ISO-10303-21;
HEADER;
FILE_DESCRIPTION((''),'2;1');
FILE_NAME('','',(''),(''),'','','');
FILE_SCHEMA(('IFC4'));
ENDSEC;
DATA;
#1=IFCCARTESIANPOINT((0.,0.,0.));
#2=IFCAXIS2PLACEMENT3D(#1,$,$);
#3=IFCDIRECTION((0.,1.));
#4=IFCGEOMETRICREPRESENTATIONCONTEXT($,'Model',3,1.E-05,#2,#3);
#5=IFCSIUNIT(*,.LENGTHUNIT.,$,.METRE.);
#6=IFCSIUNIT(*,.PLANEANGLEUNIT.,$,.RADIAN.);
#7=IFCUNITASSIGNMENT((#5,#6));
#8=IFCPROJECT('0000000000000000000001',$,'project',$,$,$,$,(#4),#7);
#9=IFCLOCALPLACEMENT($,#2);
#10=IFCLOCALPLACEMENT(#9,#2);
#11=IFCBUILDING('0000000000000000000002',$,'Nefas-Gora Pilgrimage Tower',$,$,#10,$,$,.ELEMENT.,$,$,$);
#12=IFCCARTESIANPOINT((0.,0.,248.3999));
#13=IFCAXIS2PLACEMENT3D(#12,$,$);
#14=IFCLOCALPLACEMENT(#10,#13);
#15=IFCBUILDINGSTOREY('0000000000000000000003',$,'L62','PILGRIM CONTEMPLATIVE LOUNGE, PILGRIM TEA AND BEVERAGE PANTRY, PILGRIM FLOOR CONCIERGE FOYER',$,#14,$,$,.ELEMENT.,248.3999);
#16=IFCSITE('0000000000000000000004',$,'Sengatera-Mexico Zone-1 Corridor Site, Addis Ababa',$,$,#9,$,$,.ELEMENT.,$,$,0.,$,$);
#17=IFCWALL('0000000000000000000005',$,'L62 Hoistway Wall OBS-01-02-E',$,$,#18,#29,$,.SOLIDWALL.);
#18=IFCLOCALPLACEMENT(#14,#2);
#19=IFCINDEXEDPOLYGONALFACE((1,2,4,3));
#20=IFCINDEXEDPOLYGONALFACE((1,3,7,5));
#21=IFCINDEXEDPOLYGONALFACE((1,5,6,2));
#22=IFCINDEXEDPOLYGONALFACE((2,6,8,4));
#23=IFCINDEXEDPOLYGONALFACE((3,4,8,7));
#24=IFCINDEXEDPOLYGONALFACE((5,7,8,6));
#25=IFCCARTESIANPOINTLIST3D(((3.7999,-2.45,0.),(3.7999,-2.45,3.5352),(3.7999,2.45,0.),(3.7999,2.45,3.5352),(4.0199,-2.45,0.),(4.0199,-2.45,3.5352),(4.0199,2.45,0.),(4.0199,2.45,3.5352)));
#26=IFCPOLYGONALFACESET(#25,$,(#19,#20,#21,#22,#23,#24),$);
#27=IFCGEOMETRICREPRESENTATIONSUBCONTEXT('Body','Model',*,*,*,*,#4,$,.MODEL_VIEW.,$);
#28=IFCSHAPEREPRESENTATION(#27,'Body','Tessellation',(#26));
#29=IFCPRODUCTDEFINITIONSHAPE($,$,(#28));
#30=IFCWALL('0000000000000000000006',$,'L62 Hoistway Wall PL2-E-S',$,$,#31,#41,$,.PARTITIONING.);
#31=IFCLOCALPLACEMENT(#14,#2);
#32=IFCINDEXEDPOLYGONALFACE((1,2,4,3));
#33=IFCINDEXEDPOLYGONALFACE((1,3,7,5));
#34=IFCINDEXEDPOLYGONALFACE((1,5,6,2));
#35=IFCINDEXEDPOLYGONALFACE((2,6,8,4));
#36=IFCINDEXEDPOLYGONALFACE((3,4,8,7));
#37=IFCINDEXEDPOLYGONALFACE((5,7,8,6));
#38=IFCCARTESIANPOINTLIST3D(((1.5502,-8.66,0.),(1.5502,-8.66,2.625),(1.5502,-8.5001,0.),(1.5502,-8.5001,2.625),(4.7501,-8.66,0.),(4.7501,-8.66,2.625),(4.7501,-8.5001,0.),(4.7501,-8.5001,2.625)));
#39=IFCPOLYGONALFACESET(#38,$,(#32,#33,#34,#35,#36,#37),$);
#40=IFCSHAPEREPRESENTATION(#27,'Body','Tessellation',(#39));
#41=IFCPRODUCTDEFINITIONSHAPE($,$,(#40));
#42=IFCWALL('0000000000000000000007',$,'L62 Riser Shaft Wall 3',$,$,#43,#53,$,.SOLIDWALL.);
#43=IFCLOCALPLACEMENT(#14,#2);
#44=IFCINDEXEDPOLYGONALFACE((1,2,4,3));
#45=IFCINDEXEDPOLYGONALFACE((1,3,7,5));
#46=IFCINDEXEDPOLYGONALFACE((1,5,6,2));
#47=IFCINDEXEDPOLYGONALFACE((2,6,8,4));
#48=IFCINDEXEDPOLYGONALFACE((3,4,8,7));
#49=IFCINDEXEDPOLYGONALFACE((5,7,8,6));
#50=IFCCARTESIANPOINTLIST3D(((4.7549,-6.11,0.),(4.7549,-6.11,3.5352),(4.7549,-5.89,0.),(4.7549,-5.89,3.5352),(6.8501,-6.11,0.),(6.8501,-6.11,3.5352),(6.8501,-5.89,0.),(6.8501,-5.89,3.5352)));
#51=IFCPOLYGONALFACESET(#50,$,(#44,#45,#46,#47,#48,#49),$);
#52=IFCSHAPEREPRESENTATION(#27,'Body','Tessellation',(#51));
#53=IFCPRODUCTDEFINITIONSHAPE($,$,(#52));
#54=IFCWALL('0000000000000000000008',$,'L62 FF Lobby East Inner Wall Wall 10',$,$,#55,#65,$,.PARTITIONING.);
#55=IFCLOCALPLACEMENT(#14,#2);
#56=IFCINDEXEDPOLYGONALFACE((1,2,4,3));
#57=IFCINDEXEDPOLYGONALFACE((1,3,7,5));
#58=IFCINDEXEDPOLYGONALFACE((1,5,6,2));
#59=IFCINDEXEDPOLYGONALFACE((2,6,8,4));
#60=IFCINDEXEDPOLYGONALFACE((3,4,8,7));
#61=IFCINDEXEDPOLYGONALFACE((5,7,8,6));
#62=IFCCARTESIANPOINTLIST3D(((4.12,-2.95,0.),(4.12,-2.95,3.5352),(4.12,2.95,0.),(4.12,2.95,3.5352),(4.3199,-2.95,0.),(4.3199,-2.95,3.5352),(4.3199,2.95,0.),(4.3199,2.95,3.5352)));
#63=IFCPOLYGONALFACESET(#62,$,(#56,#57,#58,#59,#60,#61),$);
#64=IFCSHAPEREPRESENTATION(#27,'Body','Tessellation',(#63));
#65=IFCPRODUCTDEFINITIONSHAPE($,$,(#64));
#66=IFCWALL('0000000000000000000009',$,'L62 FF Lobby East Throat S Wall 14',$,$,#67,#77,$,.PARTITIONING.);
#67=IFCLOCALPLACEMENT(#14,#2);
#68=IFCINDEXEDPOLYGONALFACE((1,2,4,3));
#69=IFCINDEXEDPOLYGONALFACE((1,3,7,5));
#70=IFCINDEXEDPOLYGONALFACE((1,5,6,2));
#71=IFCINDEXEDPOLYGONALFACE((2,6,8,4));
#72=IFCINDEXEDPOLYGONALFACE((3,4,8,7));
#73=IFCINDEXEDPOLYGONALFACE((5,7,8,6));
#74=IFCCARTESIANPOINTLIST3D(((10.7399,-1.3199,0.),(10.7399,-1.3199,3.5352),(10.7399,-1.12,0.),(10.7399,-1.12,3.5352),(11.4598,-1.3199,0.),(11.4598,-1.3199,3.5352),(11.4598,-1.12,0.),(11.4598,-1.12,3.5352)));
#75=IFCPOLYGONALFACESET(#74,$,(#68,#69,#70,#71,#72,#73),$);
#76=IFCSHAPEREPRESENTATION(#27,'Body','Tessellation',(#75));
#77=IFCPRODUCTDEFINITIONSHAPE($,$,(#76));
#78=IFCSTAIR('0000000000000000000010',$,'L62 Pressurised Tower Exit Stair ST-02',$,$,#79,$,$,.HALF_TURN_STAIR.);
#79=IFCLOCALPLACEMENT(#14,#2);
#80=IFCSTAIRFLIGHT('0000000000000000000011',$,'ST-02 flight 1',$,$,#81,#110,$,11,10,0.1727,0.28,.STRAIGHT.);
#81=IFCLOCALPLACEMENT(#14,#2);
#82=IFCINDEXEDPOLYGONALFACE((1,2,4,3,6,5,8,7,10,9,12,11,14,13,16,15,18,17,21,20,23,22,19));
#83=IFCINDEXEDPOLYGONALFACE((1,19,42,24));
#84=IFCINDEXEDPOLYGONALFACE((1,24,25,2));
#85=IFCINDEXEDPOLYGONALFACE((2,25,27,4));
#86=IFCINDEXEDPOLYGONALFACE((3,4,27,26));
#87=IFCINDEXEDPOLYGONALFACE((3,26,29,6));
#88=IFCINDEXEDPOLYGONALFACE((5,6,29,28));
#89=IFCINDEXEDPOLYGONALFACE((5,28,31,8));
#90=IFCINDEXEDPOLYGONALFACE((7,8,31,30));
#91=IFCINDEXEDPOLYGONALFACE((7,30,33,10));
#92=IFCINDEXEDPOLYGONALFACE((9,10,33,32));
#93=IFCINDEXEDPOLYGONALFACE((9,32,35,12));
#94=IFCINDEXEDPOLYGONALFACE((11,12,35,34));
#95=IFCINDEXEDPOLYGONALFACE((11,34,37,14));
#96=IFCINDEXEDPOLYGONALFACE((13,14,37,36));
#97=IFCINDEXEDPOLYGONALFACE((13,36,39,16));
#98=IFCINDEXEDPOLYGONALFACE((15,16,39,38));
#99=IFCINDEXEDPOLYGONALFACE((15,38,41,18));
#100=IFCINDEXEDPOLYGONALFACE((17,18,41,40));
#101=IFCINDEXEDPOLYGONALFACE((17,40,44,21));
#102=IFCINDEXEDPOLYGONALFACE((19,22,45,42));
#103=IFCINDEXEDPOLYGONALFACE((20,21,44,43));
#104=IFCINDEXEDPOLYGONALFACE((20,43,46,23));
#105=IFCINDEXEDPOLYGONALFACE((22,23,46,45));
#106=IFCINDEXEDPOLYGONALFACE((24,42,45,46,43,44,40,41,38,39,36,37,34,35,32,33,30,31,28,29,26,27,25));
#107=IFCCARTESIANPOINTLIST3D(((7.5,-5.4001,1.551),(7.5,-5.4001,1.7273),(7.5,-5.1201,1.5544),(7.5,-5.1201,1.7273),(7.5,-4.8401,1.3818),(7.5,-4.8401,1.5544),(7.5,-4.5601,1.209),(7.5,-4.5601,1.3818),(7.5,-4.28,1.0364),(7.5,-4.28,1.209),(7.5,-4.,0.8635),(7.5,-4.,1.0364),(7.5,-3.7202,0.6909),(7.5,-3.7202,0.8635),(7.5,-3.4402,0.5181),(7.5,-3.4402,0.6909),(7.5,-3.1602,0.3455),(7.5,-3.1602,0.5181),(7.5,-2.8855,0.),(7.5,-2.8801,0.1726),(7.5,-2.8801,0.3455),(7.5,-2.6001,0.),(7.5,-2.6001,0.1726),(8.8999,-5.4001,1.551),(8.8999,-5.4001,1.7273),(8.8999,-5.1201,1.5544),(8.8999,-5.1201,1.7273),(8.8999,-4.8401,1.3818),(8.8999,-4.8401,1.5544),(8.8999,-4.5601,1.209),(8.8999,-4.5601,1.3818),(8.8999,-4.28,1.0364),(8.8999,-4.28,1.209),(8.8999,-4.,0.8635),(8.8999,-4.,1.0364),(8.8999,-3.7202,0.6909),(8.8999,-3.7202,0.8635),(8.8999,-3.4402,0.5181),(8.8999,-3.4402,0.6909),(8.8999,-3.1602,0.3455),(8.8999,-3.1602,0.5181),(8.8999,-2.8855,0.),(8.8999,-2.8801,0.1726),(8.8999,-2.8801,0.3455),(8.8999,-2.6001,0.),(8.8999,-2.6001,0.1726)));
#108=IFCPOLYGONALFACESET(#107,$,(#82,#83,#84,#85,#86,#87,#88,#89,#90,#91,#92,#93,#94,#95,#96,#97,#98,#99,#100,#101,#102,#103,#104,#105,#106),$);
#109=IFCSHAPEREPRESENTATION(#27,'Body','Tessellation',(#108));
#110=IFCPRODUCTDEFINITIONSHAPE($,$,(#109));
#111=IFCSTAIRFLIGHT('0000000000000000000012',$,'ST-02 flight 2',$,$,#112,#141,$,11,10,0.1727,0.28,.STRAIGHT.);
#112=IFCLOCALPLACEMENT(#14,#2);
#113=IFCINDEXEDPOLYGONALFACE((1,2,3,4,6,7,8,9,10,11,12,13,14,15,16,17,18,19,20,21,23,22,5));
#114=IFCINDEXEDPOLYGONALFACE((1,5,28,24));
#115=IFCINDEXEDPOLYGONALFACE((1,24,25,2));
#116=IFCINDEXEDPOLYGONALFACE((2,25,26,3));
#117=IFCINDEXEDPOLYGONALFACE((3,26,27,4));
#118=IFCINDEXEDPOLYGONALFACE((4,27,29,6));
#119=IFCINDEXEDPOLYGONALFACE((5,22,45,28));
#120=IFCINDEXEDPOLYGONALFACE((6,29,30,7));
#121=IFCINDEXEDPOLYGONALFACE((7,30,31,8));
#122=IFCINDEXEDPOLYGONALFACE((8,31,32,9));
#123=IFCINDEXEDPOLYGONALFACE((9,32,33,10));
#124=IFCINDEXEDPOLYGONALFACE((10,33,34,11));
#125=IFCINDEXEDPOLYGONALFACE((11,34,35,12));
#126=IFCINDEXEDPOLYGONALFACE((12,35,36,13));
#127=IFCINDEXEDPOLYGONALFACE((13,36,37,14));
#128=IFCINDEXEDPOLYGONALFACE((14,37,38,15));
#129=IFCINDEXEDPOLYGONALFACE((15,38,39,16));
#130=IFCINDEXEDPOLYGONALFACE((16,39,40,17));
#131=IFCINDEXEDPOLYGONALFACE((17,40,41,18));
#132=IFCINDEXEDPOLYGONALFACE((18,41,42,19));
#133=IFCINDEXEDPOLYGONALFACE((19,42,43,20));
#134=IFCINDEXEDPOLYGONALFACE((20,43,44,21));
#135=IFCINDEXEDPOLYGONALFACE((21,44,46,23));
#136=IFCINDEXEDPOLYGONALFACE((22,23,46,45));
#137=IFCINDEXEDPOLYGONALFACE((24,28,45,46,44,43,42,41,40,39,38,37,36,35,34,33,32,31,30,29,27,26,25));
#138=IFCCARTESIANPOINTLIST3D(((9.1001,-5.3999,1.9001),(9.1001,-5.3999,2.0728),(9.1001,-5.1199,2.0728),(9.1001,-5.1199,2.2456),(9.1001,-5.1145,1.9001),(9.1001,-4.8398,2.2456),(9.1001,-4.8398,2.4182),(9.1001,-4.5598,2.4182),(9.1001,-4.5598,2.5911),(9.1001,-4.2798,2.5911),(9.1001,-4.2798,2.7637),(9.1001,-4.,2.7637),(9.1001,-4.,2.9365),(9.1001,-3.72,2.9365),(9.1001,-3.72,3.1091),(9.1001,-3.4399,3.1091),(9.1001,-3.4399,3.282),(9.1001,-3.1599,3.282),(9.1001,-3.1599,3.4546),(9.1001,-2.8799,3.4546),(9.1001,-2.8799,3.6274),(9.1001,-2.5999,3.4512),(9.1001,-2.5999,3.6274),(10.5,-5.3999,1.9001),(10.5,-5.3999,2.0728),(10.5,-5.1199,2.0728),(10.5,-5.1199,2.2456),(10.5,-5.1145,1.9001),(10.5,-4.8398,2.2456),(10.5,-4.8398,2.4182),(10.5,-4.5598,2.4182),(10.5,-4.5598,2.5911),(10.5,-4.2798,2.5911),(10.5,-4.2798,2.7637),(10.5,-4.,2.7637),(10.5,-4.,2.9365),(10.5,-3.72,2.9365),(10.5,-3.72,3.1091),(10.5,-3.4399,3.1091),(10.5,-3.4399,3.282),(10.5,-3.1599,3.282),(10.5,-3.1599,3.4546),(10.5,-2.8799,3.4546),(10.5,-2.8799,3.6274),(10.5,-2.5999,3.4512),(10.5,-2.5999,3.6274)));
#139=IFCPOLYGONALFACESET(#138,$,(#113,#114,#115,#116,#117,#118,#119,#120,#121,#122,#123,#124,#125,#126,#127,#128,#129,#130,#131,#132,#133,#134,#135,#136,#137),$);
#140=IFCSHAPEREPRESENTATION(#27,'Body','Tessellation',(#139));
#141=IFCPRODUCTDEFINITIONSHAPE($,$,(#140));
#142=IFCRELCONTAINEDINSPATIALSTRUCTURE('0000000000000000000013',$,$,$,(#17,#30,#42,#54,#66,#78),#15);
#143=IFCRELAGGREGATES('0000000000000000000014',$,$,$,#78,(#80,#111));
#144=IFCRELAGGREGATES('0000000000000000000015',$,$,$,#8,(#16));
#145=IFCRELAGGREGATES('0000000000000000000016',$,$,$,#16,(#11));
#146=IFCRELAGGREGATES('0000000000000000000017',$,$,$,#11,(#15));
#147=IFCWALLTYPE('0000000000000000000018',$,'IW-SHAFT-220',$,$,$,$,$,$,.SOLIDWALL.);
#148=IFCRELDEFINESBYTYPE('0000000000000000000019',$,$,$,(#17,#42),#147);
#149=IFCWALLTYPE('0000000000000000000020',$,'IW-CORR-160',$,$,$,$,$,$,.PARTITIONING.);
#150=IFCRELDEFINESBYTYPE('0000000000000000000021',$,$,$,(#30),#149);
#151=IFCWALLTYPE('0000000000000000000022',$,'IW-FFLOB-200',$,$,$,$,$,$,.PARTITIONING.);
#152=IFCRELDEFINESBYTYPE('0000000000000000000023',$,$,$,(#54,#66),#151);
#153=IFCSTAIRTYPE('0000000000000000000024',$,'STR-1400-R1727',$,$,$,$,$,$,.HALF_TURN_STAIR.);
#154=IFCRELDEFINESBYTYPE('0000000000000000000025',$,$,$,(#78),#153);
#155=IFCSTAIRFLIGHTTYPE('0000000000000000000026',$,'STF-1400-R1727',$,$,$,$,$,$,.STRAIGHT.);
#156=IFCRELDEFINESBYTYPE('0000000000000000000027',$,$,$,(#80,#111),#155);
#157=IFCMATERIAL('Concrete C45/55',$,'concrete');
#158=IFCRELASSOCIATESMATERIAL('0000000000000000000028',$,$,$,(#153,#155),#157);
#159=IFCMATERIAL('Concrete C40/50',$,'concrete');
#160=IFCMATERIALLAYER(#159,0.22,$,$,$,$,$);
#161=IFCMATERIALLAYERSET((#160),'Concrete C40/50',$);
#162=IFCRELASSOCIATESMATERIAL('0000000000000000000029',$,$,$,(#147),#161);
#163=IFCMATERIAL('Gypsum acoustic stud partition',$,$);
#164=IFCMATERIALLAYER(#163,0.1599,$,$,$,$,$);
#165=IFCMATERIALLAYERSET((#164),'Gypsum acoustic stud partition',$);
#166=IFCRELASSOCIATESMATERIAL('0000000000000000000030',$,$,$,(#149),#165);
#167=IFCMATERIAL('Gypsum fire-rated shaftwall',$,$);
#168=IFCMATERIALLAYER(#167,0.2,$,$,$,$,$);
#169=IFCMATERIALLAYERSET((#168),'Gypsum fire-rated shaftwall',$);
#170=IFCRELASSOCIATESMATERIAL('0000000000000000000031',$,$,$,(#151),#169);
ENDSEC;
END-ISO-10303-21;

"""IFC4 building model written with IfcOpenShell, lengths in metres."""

from ifc_helpers import new_model, si_unit, direction, frame, frame_2d, origin, place, context, subcontext, project, spatial, polyline, rectangle, outline, extrude, source, transform, mapped, material, layer, layer_set, type_object, element, aggregate, save


model = new_model("IFC4")

# Units and contexts
model_context = context("Model", 3, precision=1e-05, world=origin(), true_north=direction((0.0, 1.0)))
body_context = subcontext(model_context, "Body", "Model", "MODEL_VIEW")
ifc_project = project(units=[si_unit("LENGTHUNIT", "METRE"), si_unit("PLANEANGLEUNIT", "RADIAN")], contexts=[model_context])

# Site, building, storey
site_placement = place(None, origin())
site = spatial("IfcSite", under=ifc_project, at=site_placement, Name="Sengatera-Mexico Zone-1 Corridor Site, Addis Ababa", CompositionType="ELEMENT", RefElevation=0.0)
building_placement = place(site_placement, origin())
building = spatial("IfcBuilding", under=site, at=building_placement, Name="Nefas-Gora Pilgrimage Tower", CompositionType="ELEMENT")
storey_placement = place(building_placement, frame((0.0, 0.0, 248.3999)))
storey = spatial("IfcBuildingStorey", under=building, at=storey_placement, Name="L62", Description="PILGRIM CONTEMPLATIVE LOUNGE, PILGRIM TEA AND BEVERAGE PANTRY, PILGRIM FLOOR CONCIERGE FOYER", CompositionType="ELEMENT", Elevation=248.3999)

# Shared definitions
ifc_material_1 = material(Name="Concrete C40/50", Category="concrete")

# Shared definitions
ifc_material_2 = material(Name="Concrete C45/55", Category="concrete")
stair_type = type_object("IfcStairType", Name="STR-1400-R1727", PredefinedType="HALF_TURN_STAIR", material=ifc_material_2)

# Shared definitions
ifc_layer_1 = layer(ifc_material_1, 0.22)
ifc_layer_set_1 = layer_set([ifc_layer_1], Name="Concrete C40/50")
wall_type_1 = type_object("IfcWallType", Name="IW-SHAFT-220", PredefinedType="SOLIDWALL", material=ifc_layer_set_1)

# Walls
shared_shape_1 = source(origin(), body_context, "Body", "SweptSolid", [
    extrude(rectangle(XDim=4.8999, YDim=0.22, at=frame_2d((2.45, 0.0))), origin(), (0.0, 0.0, 1.0), 3.5352),
])
wall_1_placement = place(storey_placement, frame((3.9099, -2.45, 0.0), z_axis=(0.0, 0.0, 1.0), x_axis=(0.0, 1.0, 0.0)))
element("IfcWall", 1, at=wall_1_placement, inside=storey, type_object=wall_type_1, Name="L62 Hoistway Wall OBS-01-02-E", PredefinedType="SOLIDWALL", context=body_context, shape_type="MappedRepresentation", body=[
    mapped(shared_shape_1, transform((0.0, 0.0, 0.0), x_axis=(1.0, 0.0, 0.0), y_axis=(0.0, 1.0, 0.0), z_axis=(0.0, 0.0, 1.0), scale=1.0)),
])
ifc_material_3 = material(Name="Gypsum acoustic stud partition")
ifc_layer_2 = layer(ifc_material_3, 0.1599)
ifc_layer_set_2 = layer_set([ifc_layer_2], Name="Gypsum acoustic stud partition")
wall_type_2 = type_object("IfcWallType", Name="IW-CORR-160", PredefinedType="PARTITIONING", material=ifc_layer_set_2)
shared_shape_2 = source(origin(), body_context, "Body", "SweptSolid", [
    extrude(rectangle(XDim=3.2, YDim=0.1599, at=frame_2d((1.6001, 0.0))), origin(), (0.0, 0.0, 1.0), 2.625),
])
wall_2_placement = place(storey_placement, frame((1.55, -8.5801, 0.0), z_axis=(0.0, 0.0, 1.0), x_axis=(1.0, 0.0, 0.0)))
element("IfcWall", 2, at=wall_2_placement, inside=storey, type_object=wall_type_2, Name="L62 Hoistway Wall PL2-E-S", PredefinedType="PARTITIONING", context=body_context, shape_type="MappedRepresentation", body=[
    mapped(shared_shape_2, transform((0.0, 0.0, 0.0), x_axis=(1.0, 0.0, 0.0), y_axis=(0.0, 1.0, 0.0), z_axis=(0.0, 0.0, 1.0), scale=1.0)),
])
shared_shape_3 = source(origin(), body_context, "Body", "SweptSolid", [
    extrude(rectangle(XDim=2.0952, YDim=0.22, at=frame_2d((1.0476, 0.0))), origin(), (0.0, 0.0, 1.0), 3.5352),
])
wall_3_placement = place(storey_placement, frame((4.7549, -6.0, 0.0), z_axis=(0.0, 0.0, 1.0), x_axis=(1.0, 0.0, 0.0)))
element("IfcWall", 3, at=wall_3_placement, inside=storey, type_object=wall_type_1, Name="L62 Riser Shaft Wall 3", PredefinedType="SOLIDWALL", context=body_context, shape_type="MappedRepresentation", body=[
    mapped(shared_shape_3, transform((0.0, 0.0, 0.0), x_axis=(1.0, 0.0, 0.0), y_axis=(0.0, 1.0, 0.0), z_axis=(0.0, 0.0, 1.0), scale=1.0)),
])
ifc_material_4 = material(Name="Gypsum fire-rated shaftwall")
ifc_layer_3 = layer(ifc_material_4, 0.2)
ifc_layer_set_3 = layer_set([ifc_layer_3], Name="Gypsum fire-rated shaftwall")
wall_type_3 = type_object("IfcWallType", Name="IW-FFLOB-200", PredefinedType="PARTITIONING", material=ifc_layer_set_3)
shared_shape_4 = source(origin(), body_context, "Body", "SweptSolid", [
    extrude(rectangle(XDim=5.8999, YDim=0.2, at=frame_2d((2.95, 0.0))), origin(), (0.0, 0.0, 1.0), 3.5352),
])
wall_4_placement = place(storey_placement, frame((4.22, -2.95, 0.0), z_axis=(0.0, 0.0, 1.0), x_axis=(0.0, 1.0, 0.0)))
element("IfcWall", 4, at=wall_4_placement, inside=storey, type_object=wall_type_3, Name="L62 FF Lobby East Inner Wall Wall 10", PredefinedType="PARTITIONING", context=body_context, shape_type="MappedRepresentation", body=[
    mapped(shared_shape_4, transform((0.0, 0.0, 0.0), x_axis=(1.0, 0.0, 0.0), y_axis=(0.0, 1.0, 0.0), z_axis=(0.0, 0.0, 1.0), scale=1.0)),
])
shared_shape_5 = source(origin(), body_context, "Body", "SweptSolid", [
    extrude(rectangle(XDim=0.72, YDim=0.2, at=frame_2d((0.3599, 0.0))), origin(), (0.0, 0.0, 1.0), 3.5352),
])
wall_5_placement = place(storey_placement, frame((10.74, -1.22, 0.0), z_axis=(0.0, 0.0, 1.0), x_axis=(1.0, 0.0, 0.0)))
element("IfcWall", 5, at=wall_5_placement, inside=storey, type_object=wall_type_3, Name="L62 FF Lobby East Throat S Wall 14", PredefinedType="PARTITIONING", context=body_context, shape_type="MappedRepresentation", body=[
    mapped(shared_shape_5, transform((0.0, 0.0, 0.0), x_axis=(1.0, 0.0, 0.0), y_axis=(0.0, 1.0, 0.0), z_axis=(0.0, 0.0, 1.0), scale=1.0)),
])

# Stair, stair flights
stair_1_placement = place(storey_placement, origin())
stair_1 = element("IfcStair", 6, at=stair_1_placement, inside=storey, type_object=stair_type, Name="L62 Pressurised Tower Exit Stair ST-02", PredefinedType="HALF_TURN_STAIR")
stair_flight_type = type_object("IfcStairFlightType", Name="STF-1400-R1727", PredefinedType="STRAIGHT", material=ifc_material_2)
shared_shape_6 = source(origin(), body_context, "Body", "SweptSolid", [
    extrude(outline(polyline([(0.0, 0.0), (0.0, 0.1726), (0.28, 0.1726), (0.28, 0.3455), (0.5601, 0.3455), (0.5601, 0.5181), (0.8401, 0.5181), (0.8401, 0.6909), (1.1201, 0.6909), (1.1201, 0.8635), (1.3999, 0.8635), (1.3999, 1.0364), (1.6799, 1.0364), (1.6799, 1.209), (1.96, 1.209), (1.96, 1.3818), (2.24, 1.3818), (2.24, 1.5544), (2.52, 1.5544), (2.52, 1.7273), (2.8, 1.7273), (2.8, 1.8999), (2.8, 1.551), (0.2854, 0.0), (0.0, 0.0)])), frame((0.0, 0.7, 0.0), z_axis=(0.0, -1.0, 0.0), x_axis=(1.0, 0.0, 0.0)), (0.0, 0.0, 1.0), 1.3999),
])
stair_flight_1_placement = place(storey_placement, frame((8.2, -2.6001, 0.0), z_axis=(0.0, 0.0, 1.0), x_axis=(0.0, -1.0, 0.0)))
stair_flight_1 = element("IfcStairFlight", 7, at=stair_flight_1_placement, type_object=stair_flight_type, Name="ST-02 flight 1", NumberOfRisers=11, NumberOfTreads=10, PredefinedType="STRAIGHT", RiserHeight=0.1727, TreadLength=0.28, context=body_context, shape_type="MappedRepresentation", body=[
    mapped(shared_shape_6, transform((0.0, 0.0, 0.0), x_axis=(1.0, 0.0, 0.0), y_axis=(0.0, 1.0, 0.0), z_axis=(0.0, 0.0, 1.0), scale=1.0)),
])
stair_flight_2_placement = place(storey_placement, frame((9.8, -5.3999, 1.9001), z_axis=(0.0, 0.0, 1.0), x_axis=(0.0, 1.0, 0.0)))
stair_flight_2 = element("IfcStairFlight", 8, at=stair_flight_2_placement, type_object=stair_flight_type, Name="ST-02 flight 2", NumberOfRisers=11, NumberOfTreads=10, PredefinedType="STRAIGHT", RiserHeight=0.1727, TreadLength=0.28, context=body_context, shape_type="MappedRepresentation", body=[
    mapped(shared_shape_6, transform((0.0, 0.0, 0.0), x_axis=(1.0, 0.0, 0.0), y_axis=(0.0, 1.0, 0.0), z_axis=(0.0, 0.0, 1.0), scale=1.0)),
])
aggregate(stair_1, [stair_flight_1, stair_flight_2])

save(model, "model.ifc")
